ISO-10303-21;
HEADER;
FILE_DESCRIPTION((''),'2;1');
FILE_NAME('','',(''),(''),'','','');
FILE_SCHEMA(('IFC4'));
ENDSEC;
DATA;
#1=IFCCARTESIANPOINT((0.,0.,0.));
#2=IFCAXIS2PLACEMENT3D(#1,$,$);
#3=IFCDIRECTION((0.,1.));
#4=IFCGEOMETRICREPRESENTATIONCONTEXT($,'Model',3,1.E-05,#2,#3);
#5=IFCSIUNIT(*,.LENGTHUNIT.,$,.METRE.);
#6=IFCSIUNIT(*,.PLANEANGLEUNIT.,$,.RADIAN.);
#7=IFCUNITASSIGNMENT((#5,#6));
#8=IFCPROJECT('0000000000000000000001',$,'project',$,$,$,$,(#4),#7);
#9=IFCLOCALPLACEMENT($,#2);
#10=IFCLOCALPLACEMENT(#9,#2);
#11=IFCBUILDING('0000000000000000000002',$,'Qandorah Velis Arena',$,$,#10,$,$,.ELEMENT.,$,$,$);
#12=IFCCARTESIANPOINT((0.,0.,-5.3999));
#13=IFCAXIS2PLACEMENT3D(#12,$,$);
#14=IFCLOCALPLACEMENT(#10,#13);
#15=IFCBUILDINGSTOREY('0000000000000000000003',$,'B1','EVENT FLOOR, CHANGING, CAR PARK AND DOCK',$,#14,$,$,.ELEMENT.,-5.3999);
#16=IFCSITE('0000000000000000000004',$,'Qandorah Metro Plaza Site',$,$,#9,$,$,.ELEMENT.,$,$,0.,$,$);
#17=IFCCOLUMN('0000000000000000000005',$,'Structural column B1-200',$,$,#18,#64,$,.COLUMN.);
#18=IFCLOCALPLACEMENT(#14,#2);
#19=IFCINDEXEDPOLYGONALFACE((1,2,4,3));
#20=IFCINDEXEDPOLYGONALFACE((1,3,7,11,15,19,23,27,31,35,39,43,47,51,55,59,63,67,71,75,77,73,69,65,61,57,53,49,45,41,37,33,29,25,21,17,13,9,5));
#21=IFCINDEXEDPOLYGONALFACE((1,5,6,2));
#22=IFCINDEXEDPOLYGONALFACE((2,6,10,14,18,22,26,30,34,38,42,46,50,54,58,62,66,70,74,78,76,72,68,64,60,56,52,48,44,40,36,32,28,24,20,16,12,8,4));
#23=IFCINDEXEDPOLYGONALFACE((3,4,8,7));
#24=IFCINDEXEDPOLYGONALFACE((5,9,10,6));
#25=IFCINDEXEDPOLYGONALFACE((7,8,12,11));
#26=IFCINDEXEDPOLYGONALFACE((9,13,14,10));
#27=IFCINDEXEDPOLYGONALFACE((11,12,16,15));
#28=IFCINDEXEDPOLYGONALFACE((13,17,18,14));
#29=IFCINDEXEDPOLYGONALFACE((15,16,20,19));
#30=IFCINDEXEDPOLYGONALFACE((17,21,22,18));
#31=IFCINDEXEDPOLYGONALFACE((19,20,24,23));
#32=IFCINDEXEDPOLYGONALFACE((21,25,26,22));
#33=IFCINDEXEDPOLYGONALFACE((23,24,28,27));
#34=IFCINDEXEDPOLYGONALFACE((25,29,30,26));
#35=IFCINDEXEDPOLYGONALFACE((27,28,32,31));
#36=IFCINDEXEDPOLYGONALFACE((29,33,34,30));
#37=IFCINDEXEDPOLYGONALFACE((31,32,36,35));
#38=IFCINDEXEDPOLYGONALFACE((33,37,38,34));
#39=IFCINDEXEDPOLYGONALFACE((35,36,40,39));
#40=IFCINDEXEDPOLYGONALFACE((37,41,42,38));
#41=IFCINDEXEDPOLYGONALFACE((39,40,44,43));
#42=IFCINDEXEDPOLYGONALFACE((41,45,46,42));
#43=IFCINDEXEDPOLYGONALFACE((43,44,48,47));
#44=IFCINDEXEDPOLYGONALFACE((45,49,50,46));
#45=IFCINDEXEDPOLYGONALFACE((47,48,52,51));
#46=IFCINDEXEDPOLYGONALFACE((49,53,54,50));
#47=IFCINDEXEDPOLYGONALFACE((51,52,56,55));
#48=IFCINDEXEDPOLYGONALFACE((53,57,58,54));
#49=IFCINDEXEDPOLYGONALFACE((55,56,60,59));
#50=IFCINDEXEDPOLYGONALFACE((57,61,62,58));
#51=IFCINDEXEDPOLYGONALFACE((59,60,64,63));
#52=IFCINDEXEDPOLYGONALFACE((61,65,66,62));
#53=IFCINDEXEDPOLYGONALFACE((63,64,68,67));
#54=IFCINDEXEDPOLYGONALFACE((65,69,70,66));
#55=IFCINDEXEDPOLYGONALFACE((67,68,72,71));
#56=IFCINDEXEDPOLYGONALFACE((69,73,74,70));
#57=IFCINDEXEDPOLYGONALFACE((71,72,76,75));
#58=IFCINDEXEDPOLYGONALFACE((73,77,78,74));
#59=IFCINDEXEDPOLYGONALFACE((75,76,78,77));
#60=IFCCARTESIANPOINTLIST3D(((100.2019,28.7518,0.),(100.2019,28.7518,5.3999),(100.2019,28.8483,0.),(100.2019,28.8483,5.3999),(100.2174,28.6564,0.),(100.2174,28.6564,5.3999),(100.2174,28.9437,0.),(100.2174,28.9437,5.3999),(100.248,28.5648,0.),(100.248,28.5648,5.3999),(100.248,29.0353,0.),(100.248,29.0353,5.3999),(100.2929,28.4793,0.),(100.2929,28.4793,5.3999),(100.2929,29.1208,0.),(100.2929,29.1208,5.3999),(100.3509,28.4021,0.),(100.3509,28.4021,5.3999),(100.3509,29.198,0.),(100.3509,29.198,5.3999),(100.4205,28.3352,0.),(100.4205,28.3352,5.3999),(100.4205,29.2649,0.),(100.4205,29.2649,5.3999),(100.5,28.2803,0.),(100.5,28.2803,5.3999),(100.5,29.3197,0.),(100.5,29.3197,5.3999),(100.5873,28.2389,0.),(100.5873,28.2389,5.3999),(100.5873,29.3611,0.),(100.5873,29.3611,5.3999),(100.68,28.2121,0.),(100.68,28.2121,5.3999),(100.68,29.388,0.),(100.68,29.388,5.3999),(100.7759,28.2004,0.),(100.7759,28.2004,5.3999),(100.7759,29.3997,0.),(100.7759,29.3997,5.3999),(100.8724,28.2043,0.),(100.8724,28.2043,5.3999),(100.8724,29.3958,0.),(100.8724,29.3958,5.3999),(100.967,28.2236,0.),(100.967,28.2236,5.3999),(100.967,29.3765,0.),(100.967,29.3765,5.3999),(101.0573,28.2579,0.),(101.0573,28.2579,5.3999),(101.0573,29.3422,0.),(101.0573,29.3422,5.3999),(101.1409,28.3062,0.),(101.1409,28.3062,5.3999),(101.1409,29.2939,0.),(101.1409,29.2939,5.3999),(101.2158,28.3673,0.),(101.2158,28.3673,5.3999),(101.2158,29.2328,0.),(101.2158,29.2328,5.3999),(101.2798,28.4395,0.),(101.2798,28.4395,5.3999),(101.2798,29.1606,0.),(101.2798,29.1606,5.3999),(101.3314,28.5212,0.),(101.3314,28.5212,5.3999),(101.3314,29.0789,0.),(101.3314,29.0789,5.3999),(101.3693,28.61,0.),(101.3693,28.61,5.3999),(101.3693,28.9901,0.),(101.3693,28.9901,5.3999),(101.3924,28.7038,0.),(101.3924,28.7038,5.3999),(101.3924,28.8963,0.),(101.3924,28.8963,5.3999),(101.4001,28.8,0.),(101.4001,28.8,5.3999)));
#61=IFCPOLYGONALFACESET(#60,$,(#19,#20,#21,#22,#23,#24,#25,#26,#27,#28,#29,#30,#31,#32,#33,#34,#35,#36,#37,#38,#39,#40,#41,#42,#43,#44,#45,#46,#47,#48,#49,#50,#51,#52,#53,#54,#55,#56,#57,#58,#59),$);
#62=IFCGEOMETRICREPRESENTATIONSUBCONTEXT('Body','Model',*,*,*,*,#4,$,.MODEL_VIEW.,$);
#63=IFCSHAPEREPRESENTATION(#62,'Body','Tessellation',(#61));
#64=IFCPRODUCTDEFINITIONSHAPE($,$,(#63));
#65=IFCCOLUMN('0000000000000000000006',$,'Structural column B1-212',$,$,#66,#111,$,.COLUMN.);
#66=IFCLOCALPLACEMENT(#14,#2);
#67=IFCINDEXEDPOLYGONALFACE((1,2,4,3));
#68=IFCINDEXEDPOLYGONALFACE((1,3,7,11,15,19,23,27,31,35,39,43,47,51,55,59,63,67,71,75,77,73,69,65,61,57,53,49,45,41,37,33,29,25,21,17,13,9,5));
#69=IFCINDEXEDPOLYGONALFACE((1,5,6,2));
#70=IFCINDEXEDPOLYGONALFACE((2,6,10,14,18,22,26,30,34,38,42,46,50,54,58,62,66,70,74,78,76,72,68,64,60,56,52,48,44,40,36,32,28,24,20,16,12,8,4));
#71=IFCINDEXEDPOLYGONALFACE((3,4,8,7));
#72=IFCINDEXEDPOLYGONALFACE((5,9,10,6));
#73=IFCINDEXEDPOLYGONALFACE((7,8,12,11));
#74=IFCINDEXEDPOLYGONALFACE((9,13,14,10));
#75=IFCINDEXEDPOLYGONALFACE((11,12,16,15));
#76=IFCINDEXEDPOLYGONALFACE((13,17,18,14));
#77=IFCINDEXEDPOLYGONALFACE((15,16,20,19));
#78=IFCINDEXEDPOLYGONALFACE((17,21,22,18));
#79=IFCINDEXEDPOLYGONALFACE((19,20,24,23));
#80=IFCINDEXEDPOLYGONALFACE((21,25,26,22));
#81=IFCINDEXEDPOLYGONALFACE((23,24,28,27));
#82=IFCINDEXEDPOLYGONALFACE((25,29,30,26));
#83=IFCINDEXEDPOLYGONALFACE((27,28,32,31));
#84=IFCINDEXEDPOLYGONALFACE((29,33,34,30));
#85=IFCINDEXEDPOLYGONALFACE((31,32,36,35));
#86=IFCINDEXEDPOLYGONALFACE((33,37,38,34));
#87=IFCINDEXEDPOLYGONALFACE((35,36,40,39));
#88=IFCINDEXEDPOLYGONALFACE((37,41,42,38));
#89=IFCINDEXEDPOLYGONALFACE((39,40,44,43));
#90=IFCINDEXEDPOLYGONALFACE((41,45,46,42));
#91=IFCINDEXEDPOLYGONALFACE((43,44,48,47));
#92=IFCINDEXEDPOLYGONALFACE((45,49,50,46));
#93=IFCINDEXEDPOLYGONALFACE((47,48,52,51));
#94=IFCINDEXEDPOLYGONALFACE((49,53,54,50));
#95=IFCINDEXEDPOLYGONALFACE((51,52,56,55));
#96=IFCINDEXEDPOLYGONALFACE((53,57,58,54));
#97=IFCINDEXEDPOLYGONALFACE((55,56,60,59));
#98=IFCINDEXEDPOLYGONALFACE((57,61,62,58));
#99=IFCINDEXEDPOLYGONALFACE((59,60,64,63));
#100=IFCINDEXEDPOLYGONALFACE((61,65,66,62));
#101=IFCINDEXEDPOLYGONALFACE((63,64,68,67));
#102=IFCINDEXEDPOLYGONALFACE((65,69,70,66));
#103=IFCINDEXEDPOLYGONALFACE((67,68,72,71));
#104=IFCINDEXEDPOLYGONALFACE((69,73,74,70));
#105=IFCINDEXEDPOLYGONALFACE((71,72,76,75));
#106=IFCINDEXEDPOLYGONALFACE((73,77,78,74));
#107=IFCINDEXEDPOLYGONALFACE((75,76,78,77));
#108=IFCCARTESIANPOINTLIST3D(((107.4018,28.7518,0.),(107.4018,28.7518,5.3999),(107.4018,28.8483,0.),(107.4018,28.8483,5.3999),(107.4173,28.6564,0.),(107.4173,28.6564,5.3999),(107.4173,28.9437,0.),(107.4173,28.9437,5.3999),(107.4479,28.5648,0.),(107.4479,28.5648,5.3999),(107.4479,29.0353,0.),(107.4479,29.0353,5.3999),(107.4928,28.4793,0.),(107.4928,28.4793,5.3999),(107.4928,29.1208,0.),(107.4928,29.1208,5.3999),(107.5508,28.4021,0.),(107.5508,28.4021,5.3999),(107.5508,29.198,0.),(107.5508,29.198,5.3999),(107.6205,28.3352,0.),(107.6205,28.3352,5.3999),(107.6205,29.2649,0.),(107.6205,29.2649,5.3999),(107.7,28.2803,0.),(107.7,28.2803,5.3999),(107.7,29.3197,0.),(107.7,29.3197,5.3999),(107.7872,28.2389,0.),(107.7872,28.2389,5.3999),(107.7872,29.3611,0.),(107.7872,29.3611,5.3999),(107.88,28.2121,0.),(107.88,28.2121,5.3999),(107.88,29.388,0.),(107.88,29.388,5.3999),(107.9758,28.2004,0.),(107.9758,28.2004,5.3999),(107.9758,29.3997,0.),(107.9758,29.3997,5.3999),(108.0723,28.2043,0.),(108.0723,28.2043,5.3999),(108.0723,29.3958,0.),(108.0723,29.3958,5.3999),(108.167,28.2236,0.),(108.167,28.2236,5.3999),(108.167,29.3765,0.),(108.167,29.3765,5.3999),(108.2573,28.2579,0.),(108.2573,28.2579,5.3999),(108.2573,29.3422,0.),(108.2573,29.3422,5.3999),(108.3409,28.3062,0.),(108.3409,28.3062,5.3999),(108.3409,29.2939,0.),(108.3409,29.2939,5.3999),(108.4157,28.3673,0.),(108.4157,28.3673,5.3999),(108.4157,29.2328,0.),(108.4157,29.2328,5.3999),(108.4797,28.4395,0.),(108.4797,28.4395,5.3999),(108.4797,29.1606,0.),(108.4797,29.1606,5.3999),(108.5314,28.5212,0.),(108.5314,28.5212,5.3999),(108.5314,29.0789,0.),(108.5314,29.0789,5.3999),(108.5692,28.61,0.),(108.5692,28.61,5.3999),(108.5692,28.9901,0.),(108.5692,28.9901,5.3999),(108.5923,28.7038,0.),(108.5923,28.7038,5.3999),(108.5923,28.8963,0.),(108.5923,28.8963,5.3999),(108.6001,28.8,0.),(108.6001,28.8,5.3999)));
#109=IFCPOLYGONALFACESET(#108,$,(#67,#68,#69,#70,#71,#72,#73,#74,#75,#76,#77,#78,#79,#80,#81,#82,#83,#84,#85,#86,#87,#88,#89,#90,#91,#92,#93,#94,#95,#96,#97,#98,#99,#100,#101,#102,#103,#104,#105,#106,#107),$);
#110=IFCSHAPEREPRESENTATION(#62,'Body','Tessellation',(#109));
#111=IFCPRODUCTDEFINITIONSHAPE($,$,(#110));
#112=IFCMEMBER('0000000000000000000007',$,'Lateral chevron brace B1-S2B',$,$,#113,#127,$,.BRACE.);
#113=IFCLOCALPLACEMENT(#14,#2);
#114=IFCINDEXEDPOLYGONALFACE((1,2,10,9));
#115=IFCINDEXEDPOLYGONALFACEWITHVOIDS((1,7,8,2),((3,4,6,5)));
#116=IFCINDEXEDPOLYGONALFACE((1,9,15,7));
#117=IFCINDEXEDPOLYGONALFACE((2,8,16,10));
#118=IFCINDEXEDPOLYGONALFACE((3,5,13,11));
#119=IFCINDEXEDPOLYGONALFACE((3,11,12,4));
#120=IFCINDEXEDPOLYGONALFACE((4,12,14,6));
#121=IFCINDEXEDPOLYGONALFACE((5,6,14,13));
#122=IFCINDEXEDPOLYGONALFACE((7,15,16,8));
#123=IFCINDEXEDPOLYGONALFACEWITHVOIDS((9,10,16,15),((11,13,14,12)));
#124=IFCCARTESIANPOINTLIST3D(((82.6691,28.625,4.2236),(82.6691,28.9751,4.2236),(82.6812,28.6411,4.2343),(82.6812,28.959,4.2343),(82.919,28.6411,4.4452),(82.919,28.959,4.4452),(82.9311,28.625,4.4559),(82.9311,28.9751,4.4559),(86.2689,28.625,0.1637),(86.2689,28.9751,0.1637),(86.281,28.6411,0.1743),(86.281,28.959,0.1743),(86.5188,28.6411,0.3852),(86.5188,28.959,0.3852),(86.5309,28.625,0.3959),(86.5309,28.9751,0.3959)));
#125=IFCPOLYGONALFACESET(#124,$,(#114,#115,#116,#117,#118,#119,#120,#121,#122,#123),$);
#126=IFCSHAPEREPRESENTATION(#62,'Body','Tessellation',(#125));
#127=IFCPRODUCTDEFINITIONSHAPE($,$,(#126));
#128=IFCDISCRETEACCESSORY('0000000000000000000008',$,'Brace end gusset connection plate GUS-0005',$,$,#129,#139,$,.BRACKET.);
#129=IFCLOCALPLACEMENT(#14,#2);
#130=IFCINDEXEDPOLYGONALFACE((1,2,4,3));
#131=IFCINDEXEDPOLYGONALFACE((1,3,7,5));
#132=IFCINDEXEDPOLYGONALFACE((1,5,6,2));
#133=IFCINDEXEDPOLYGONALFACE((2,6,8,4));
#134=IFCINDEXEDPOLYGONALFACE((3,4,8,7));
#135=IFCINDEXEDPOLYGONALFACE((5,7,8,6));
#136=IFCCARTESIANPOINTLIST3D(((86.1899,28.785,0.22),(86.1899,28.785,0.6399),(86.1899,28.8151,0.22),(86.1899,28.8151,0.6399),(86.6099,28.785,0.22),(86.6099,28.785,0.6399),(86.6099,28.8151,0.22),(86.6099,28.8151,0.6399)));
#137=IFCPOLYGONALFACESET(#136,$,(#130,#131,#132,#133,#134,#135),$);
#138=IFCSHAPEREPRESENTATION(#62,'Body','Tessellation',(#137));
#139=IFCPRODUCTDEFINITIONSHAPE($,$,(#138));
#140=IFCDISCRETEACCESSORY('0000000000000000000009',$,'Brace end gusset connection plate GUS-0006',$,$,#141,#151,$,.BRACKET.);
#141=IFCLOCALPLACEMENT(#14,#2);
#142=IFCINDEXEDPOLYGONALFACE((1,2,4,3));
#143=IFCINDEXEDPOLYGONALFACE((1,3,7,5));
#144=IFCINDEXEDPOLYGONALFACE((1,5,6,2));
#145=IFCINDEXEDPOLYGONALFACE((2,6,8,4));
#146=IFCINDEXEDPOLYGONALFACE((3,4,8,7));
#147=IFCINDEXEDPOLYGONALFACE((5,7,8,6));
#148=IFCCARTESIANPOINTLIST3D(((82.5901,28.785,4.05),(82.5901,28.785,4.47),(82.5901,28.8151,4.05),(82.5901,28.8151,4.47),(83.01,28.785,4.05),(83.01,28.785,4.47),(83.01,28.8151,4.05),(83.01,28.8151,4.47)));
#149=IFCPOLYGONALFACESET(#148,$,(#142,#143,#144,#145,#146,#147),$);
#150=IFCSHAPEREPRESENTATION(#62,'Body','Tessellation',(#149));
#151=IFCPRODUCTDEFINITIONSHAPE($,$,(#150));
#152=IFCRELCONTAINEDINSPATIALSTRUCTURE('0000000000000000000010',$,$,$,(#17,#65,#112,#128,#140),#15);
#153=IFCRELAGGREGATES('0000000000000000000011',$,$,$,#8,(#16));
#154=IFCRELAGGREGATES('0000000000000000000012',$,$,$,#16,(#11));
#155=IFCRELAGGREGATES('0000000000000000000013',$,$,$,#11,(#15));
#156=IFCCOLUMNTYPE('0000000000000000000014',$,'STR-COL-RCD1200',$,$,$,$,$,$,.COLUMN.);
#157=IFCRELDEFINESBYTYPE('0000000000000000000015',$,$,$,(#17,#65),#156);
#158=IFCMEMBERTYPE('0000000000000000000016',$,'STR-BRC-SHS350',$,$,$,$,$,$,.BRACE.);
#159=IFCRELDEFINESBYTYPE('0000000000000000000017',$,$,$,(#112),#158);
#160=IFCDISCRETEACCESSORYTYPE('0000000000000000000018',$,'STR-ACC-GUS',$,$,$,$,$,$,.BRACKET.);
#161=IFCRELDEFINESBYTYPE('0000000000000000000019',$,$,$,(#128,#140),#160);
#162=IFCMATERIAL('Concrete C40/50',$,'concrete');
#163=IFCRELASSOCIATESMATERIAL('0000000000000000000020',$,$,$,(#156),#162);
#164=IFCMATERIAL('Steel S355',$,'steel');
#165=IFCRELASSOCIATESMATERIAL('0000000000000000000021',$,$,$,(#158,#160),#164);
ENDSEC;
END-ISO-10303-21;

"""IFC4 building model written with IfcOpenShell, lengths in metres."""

from ifc_helpers import new_model, si_unit, direction, frame, origin, origin_2d, place, context, subcontext, project, spatial, rectangle, hollow_rectangle, circle, extrude, material, material_profile, profile_set, type_object, element, save


model = new_model("IFC4")

# Units and contexts
model_context = context("Model", 3, precision=1e-05, world=origin(), true_north=direction((0.0, 1.0)))
body_context = subcontext(model_context, "Body", "Model", "MODEL_VIEW")
ifc_project = project(units=[si_unit("LENGTHUNIT", "METRE"), si_unit("PLANEANGLEUNIT", "RADIAN")], contexts=[model_context])

# Site, building, storey
site_placement = place(None, origin())
site = spatial("IfcSite", under=ifc_project, at=site_placement, Name="Qandorah Metro Plaza Site", CompositionType="ELEMENT", RefElevation=0.0)
building_placement = place(site_placement, origin())
building = spatial("IfcBuilding", under=site, at=building_placement, Name="Qandorah Velis Arena", CompositionType="ELEMENT")
storey_placement = place(building_placement, frame((0.0, 0.0, -5.3999)))
storey = spatial("IfcBuildingStorey", under=building, at=storey_placement, Name="B1", Description="EVENT FLOOR, CHANGING, CAR PARK AND DOCK", CompositionType="ELEMENT", Elevation=-5.3999)

# Shared definitions
ifc_material_1 = material(Name="Concrete C40/50", Category="concrete")

# Columns
ifc_material_profile_1 = material_profile(ifc_material_1, circle(Radius=0.6001, at=origin_2d()), Name="RC D1200")
ifc_profile_set_1 = profile_set([ifc_material_profile_1], Name="Concrete C40/50")
column_type_1 = type_object("IfcColumnType", Name="STR-COL-RCD1200", PredefinedType="COLUMN", material=ifc_profile_set_1)
for number, where, z_axis, x_axis, name in (
    (1, (100.8, 28.8, 0.0), (0.0, 0.0, 1.0), (1.0, 0.0, 0.0), "Structural column B1-200"),
    (2, (108.0, 28.8, 0.0), (0.0, 0.0, 1.0), (1.0, 0.0, 0.0), "Structural column B1-212"),
):
    element("IfcColumn", number, at=place(storey_placement, frame(where, z_axis=z_axis, x_axis=x_axis)), inside=storey, type_object=column_type_1, Name=name, PredefinedType="COLUMN", context=body_context, shape_type="SweptSolid", body=[
        extrude(circle(Radius=0.6001, at=origin_2d()), origin(), (0.0, 0.0, 1.0), 5.3999),
    ])

# Member
ifc_material_2 = material(Name="Steel S355", Category="steel")
ifc_material_profile_2 = material_profile(ifc_material_2, hollow_rectangle(XDim=0.3501, YDim=0.3501, WallThickness=0.0161, at=origin_2d()), Name="SHS 350x350x16")
ifc_profile_set_2 = profile_set([ifc_material_profile_2], Name="Steel S355")
member_type = type_object("IfcMemberType", Name="STR-BRC-SHS350", PredefinedType="BRACE", material=ifc_profile_set_2)
member_placement = place(storey_placement, frame((86.3999, 28.8, 0.2798), z_axis=(-0.663428, 0.0, 0.74824), x_axis=(0.0, -1.0, 0.0)))
element("IfcMember", 3, at=member_placement, inside=storey, type_object=member_type, Name="Lateral chevron brace B1-S2B", PredefinedType="BRACE", context=body_context, shape_type="SweptSolid", body=[
    extrude(hollow_rectangle(XDim=0.3501, YDim=0.3501, WallThickness=0.0161, at=origin_2d()), origin(), (0.0, 0.0, 1.0), 5.426),
])

# Discrete accessories
discrete_accessory_type = type_object("IfcDiscreteAccessoryType", Name="STR-ACC-GUS", PredefinedType="BRACKET", material=ifc_material_2)
for number, where, z_axis, x_axis, name in (
    (4, (86.3999, 28.8, 0.22), (0.0, 0.0, 1.0), (1.0, 0.0, 0.0), "Brace end gusset connection plate GUS-0005"),
    (5, (82.8, 28.8, 4.05), (0.0, 0.0, 1.0), (1.0, 0.0, 0.0), "Brace end gusset connection plate GUS-0006"),
):
    element("IfcDiscreteAccessory", number, at=place(storey_placement, frame(where, z_axis=z_axis, x_axis=x_axis)), inside=storey, type_object=discrete_accessory_type, Name=name, PredefinedType="BRACKET", context=body_context, shape_type="SweptSolid", body=[
        extrude(rectangle(XDim=0.4199, YDim=0.03, at=origin_2d()), origin(), (0.0, 0.0, 1.0), 0.4199),
    ])

save(model, "model.ifc")
